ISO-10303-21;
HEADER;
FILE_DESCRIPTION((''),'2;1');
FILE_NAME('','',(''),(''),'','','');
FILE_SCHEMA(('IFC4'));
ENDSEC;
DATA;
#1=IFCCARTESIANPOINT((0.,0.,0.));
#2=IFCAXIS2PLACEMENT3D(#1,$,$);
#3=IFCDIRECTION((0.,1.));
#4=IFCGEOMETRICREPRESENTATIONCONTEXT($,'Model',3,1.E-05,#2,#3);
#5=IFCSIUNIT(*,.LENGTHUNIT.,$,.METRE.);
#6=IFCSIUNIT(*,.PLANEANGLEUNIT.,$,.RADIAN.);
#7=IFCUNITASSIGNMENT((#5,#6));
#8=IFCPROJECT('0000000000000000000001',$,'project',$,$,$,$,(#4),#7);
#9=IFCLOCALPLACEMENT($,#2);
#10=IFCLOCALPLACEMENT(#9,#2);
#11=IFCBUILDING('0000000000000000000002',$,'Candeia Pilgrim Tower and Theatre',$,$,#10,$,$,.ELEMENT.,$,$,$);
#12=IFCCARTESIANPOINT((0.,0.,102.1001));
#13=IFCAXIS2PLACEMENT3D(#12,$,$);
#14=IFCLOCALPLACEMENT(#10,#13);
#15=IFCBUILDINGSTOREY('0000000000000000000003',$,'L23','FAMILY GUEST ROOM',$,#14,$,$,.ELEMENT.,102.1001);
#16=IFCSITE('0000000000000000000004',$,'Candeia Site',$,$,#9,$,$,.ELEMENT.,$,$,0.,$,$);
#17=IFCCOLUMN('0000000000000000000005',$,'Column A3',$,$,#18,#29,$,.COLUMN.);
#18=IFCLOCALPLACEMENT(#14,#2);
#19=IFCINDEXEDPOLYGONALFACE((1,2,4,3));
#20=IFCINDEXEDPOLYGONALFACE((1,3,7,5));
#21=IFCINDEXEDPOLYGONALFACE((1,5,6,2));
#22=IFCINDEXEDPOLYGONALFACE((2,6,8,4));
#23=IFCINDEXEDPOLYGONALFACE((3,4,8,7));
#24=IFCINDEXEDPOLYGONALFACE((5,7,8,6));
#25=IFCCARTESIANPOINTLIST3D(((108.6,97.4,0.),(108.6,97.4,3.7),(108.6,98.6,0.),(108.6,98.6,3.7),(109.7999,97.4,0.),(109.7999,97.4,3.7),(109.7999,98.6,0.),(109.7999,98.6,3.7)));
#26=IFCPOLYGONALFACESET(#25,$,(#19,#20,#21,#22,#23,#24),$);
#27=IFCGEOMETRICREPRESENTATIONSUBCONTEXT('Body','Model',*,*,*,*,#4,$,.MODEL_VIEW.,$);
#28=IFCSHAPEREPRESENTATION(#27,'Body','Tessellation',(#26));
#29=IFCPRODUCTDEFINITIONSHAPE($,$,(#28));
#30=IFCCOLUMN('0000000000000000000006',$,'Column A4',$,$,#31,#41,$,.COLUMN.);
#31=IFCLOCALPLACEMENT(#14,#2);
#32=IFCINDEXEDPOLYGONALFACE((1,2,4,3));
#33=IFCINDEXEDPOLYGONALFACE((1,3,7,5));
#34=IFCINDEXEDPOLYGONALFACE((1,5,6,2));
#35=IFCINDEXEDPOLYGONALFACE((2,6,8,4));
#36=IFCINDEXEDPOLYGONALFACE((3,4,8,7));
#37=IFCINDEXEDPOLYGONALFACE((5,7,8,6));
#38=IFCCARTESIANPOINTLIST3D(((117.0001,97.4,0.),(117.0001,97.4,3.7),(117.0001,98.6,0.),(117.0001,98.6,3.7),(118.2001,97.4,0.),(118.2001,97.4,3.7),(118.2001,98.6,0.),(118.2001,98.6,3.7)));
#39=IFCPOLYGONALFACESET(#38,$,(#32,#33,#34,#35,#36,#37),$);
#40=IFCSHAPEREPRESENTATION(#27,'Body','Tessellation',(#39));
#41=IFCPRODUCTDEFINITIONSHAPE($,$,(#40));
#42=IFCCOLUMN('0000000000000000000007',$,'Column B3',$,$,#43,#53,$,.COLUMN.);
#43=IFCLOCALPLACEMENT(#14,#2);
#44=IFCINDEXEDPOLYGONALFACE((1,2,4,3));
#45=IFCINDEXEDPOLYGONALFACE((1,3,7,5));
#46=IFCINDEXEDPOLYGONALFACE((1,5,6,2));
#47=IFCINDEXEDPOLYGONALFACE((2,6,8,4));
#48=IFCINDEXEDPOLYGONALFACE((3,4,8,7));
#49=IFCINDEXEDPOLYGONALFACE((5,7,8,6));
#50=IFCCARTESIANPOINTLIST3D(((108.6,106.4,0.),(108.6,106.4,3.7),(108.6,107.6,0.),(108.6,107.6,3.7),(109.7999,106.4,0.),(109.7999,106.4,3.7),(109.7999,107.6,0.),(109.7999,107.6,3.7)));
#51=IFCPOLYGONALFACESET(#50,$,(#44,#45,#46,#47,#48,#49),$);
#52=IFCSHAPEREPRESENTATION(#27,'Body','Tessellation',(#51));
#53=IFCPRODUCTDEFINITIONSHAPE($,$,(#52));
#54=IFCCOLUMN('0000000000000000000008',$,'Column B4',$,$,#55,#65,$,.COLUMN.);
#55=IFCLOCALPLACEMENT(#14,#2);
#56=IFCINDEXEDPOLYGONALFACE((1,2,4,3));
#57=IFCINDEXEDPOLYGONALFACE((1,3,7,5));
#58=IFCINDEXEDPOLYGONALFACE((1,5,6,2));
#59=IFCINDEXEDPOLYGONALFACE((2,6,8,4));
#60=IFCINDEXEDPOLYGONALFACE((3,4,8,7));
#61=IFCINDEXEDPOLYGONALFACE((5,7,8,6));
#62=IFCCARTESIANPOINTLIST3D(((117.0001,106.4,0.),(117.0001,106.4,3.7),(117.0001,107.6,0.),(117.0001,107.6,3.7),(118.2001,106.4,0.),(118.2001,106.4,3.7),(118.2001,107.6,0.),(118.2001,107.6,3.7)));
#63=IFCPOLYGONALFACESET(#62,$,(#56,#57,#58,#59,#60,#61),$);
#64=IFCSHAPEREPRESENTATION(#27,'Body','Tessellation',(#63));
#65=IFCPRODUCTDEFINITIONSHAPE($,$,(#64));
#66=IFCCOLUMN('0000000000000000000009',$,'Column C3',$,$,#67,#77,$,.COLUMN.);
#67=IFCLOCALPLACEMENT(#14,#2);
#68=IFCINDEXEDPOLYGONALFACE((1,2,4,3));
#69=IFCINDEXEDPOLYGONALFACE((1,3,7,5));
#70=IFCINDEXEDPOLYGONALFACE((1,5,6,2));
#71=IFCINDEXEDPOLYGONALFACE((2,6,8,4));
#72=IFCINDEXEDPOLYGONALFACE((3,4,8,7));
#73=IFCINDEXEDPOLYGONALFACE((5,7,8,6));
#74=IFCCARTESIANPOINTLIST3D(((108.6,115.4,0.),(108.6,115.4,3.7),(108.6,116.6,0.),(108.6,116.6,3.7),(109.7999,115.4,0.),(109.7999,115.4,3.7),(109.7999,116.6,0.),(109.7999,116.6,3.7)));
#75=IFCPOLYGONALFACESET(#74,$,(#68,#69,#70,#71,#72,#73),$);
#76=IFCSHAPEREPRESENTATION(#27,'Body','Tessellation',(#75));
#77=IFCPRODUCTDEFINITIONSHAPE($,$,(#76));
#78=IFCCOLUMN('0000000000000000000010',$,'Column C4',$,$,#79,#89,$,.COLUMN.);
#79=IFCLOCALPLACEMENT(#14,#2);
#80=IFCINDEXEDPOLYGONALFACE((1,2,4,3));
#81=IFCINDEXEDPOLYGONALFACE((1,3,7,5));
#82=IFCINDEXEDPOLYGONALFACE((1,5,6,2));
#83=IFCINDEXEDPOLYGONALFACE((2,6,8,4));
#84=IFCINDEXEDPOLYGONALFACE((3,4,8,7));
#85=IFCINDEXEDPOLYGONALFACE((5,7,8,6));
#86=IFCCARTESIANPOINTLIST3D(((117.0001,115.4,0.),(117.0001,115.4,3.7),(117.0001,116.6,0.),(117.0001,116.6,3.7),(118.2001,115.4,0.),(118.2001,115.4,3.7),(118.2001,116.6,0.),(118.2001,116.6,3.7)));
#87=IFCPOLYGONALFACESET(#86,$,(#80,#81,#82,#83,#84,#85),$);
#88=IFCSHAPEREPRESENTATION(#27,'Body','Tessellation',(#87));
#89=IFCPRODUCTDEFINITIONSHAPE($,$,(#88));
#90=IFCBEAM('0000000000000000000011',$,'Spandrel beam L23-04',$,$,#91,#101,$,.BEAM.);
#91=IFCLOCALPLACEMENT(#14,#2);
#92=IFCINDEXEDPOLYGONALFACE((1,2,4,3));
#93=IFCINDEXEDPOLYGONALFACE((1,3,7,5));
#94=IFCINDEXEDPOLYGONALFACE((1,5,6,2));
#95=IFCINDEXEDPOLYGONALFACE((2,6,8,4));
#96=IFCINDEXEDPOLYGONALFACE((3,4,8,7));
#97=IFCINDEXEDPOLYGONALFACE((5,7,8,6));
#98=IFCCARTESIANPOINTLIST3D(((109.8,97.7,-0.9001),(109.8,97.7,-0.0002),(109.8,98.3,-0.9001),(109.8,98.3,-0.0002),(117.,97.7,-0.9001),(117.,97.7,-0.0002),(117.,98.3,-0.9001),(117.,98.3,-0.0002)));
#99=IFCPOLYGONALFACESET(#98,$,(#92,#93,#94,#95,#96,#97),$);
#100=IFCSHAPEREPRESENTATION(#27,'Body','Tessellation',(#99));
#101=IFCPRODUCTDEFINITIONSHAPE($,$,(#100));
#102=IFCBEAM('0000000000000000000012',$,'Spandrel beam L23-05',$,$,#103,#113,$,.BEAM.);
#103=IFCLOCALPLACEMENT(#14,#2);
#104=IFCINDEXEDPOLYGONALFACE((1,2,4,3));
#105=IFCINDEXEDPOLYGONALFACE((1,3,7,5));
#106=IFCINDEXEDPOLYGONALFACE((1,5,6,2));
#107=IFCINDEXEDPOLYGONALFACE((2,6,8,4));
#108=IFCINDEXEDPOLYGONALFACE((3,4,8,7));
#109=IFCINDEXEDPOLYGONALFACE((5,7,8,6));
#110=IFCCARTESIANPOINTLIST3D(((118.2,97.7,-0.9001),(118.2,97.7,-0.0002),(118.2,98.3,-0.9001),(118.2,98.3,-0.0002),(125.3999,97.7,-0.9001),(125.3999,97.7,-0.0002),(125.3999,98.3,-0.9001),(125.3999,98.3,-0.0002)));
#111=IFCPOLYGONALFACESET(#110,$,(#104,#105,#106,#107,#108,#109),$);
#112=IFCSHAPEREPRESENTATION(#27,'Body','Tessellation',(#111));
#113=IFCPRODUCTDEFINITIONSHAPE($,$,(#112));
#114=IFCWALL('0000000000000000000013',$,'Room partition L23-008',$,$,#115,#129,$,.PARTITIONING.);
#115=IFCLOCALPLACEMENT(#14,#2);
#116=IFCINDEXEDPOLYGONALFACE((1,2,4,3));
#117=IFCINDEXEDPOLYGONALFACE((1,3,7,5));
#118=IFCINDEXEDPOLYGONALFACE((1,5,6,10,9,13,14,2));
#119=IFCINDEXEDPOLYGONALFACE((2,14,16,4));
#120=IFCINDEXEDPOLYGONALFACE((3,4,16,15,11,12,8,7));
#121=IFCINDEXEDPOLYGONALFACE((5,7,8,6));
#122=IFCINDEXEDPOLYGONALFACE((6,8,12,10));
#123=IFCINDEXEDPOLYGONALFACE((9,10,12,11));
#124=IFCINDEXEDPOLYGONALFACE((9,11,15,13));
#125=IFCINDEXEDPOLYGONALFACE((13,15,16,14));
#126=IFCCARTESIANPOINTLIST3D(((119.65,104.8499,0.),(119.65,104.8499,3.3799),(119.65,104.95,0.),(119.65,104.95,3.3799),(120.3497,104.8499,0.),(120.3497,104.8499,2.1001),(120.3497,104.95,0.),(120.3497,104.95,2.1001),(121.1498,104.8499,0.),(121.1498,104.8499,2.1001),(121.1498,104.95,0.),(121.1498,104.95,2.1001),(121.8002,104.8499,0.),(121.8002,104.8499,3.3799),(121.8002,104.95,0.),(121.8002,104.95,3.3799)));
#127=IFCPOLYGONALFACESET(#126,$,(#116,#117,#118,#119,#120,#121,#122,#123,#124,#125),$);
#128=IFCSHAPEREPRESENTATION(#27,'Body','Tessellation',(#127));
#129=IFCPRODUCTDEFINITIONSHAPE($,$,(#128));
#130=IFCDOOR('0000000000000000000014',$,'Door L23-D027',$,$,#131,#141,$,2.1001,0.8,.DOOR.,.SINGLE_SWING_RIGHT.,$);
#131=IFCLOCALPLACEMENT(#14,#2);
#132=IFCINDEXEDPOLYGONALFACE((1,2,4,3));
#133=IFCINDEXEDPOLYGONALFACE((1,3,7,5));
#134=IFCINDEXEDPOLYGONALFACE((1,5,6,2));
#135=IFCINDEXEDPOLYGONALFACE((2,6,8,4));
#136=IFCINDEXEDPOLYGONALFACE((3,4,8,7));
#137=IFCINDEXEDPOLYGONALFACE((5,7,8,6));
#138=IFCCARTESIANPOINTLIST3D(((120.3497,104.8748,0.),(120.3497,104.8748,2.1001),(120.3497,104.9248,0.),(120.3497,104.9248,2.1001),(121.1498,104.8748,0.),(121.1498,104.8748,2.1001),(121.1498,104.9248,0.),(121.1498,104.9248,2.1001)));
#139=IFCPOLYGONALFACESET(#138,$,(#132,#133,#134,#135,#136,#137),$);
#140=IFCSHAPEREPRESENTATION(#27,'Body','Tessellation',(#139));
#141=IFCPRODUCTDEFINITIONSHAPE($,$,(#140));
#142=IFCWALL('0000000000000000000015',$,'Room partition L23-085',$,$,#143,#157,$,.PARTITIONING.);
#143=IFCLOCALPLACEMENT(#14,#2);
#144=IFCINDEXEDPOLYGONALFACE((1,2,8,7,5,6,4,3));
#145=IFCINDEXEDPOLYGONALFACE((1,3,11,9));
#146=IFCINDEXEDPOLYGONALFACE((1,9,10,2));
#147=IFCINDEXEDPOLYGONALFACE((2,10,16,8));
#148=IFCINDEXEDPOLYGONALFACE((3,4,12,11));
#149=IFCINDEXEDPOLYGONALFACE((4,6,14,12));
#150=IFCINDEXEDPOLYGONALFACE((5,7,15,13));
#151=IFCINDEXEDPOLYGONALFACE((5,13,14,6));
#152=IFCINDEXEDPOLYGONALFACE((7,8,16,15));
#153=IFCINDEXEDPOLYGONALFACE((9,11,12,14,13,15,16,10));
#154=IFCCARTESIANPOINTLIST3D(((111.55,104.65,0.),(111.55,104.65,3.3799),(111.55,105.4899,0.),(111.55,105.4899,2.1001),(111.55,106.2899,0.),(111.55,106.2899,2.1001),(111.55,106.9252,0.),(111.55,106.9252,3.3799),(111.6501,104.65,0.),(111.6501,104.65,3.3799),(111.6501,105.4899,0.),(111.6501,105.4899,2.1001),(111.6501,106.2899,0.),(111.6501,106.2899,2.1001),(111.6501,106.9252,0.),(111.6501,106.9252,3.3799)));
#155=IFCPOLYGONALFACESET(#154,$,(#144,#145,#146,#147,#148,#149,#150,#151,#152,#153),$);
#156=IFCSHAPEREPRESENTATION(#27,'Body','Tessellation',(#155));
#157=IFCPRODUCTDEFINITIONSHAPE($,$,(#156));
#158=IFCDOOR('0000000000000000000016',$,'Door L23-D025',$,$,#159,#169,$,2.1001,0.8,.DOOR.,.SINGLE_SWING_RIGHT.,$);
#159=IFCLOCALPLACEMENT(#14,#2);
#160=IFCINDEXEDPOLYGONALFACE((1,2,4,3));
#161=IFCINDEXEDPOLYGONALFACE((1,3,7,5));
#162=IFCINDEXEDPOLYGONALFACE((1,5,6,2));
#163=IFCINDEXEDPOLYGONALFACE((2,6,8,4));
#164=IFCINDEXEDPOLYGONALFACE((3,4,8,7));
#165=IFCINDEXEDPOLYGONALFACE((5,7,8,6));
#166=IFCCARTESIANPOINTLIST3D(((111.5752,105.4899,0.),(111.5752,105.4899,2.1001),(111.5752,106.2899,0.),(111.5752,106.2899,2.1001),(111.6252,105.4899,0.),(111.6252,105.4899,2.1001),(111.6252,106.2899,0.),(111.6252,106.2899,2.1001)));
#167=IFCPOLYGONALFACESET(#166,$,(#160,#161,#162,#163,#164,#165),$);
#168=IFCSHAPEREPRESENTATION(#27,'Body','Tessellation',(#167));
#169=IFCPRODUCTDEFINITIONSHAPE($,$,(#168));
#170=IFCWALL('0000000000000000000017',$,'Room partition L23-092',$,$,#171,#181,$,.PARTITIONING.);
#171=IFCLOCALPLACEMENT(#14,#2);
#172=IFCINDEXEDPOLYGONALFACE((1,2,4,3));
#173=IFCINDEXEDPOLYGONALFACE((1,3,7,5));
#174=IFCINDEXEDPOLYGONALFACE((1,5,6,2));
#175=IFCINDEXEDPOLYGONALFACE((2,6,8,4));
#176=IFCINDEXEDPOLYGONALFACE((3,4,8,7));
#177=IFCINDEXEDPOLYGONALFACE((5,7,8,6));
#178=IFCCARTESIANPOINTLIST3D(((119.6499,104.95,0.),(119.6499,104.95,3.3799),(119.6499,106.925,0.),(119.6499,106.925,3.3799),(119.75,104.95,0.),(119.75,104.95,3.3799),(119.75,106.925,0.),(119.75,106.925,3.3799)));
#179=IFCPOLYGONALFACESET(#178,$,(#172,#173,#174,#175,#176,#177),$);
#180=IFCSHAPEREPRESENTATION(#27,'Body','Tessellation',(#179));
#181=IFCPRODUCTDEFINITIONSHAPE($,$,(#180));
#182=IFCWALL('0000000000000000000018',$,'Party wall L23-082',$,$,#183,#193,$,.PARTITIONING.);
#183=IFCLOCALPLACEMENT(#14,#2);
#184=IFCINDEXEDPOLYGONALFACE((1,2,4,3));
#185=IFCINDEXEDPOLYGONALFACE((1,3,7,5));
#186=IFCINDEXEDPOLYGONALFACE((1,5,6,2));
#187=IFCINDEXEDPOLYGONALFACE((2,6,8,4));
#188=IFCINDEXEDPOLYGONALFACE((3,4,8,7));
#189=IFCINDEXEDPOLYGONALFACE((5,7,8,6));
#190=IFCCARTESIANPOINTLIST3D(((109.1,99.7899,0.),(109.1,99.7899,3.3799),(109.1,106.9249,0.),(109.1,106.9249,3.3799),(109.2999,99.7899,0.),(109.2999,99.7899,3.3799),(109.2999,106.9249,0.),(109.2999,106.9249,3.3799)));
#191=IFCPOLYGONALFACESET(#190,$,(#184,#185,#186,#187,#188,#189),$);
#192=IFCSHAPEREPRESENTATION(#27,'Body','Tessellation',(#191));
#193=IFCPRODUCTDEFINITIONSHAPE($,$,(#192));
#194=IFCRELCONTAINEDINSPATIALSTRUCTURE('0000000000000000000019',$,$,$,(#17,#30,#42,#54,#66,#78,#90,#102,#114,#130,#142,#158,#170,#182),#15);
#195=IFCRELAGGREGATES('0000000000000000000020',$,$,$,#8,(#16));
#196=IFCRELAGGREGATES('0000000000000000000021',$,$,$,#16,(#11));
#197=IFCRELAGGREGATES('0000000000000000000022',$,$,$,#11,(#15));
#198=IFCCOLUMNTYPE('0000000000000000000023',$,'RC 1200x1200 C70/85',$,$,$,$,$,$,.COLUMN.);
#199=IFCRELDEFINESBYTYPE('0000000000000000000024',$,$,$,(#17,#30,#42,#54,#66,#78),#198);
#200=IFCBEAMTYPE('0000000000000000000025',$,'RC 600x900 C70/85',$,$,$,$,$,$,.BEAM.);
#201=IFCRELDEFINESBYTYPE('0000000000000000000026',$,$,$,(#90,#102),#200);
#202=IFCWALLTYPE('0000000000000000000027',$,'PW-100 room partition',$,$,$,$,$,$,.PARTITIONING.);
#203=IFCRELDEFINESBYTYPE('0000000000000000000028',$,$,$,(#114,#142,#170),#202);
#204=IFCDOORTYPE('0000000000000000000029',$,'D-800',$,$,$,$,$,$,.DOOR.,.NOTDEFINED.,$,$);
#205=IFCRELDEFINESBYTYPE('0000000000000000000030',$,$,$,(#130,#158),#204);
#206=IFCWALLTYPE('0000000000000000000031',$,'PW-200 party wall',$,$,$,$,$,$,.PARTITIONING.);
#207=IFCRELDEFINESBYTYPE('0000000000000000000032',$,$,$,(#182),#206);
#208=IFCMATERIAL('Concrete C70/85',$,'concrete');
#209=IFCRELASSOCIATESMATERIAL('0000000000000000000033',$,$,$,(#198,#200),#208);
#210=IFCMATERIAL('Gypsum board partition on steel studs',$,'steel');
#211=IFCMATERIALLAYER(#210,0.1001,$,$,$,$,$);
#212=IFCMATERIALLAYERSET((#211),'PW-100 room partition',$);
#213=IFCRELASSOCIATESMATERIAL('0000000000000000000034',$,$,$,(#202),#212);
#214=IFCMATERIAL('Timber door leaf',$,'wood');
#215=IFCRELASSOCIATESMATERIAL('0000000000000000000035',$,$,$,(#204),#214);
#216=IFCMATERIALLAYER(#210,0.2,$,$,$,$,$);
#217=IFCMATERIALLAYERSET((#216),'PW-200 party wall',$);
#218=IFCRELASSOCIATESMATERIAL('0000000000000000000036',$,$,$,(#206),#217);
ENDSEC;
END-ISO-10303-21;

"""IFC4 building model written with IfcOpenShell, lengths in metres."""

from ifc_helpers import new_model, si_unit, direction, frame, frame_2d, origin, origin_2d, place, context, subcontext, project, spatial, rectangle, extrude, material, layer, layer_set, material_profile, profile_set, type_object, element, fill, save


model = new_model("IFC4")

# Units and contexts
model_context = context("Model", 3, precision=1e-05, world=origin(), true_north=direction((0.0, 1.0)))
body_context = subcontext(model_context, "Body", "Model", "MODEL_VIEW")
ifc_project = project(units=[si_unit("LENGTHUNIT", "METRE"), si_unit("PLANEANGLEUNIT", "RADIAN")], contexts=[model_context])

# Site, building, storey
site_placement = place(None, origin())
site = spatial("IfcSite", under=ifc_project, at=site_placement, Name="Candeia Site", CompositionType="ELEMENT", RefElevation=0.0)
building_placement = place(site_placement, origin())
building = spatial("IfcBuilding", under=site, at=building_placement, Name="Candeia Pilgrim Tower and Theatre", CompositionType="ELEMENT")
storey_placement = place(building_placement, frame((0.0, 0.0, 102.1001)))
storey = spatial("IfcBuildingStorey", under=building, at=storey_placement, Name="L23", Description="FAMILY GUEST ROOM", CompositionType="ELEMENT", Elevation=102.1001)

# Columns
ifc_material_1 = material(Name="Concrete C70/85", Category="concrete")
ifc_material_profile_1 = material_profile(ifc_material_1, rectangle(XDim=1.2, YDim=1.2, at=origin_2d()))
ifc_profile_set_1 = profile_set([ifc_material_profile_1], Name="Concrete C70/85")
column_type = type_object("IfcColumnType", Name="RC 1200x1200 C70/85", PredefinedType="COLUMN", material=ifc_profile_set_1)
for number, where, z_axis, x_axis, name in (
    (1, (109.2, 98.0, 0.0), (0.0, 0.0, 1.0), (1.0, 0.0, 0.0), "Column A3"),
    (2, (117.6001, 98.0, 0.0), (0.0, 0.0, 1.0), (1.0, 0.0, 0.0), "Column A4"),
    (3, (109.2, 107.0, 0.0), (0.0, 0.0, 1.0), (1.0, 0.0, 0.0), "Column B3"),
    (4, (117.6001, 107.0, 0.0), (0.0, 0.0, 1.0), (1.0, 0.0, 0.0), "Column B4"),
    (5, (109.2, 116.0, 0.0), (0.0, 0.0, 1.0), (1.0, 0.0, 0.0), "Column C3"),
    (6, (117.6001, 116.0, 0.0), (0.0, 0.0, 1.0), (1.0, 0.0, 0.0), "Column C4"),
):
    element("IfcColumn", number, at=place(storey_placement, frame(where, z_axis=z_axis, x_axis=x_axis)), inside=storey, type_object=column_type, Name=name, PredefinedType="COLUMN", context=body_context, shape_type="SweptSolid", body=[
        extrude(rectangle(XDim=1.2, YDim=1.2, at=origin_2d()), origin(), (0.0, 0.0, 1.0), 3.7),
    ])

# Beams
ifc_material_profile_2 = material_profile(ifc_material_1, rectangle(XDim=0.6001, YDim=0.8999, at=origin_2d()))
ifc_profile_set_2 = profile_set([ifc_material_profile_2], Name="Concrete C70/85")
beam_type = type_object("IfcBeamType", Name="RC 600x900 C70/85", PredefinedType="BEAM", material=ifc_profile_set_2)
for number, where, z_axis, x_axis, name in (
    (7, (109.8, 98.0, -0.4502), (1.0, 0.0, 0.0), (0.0, 1.0, 0.0), "Spandrel beam L23-04"),
    (8, (118.2, 98.0, -0.4502), (1.0, 0.0, 0.0), (0.0, 1.0, 0.0), "Spandrel beam L23-05"),
):
    element("IfcBeam", number, at=place(storey_placement, frame(where, z_axis=z_axis, x_axis=x_axis)), inside=storey, type_object=beam_type, Name=name, PredefinedType="BEAM", context=body_context, shape_type="SweptSolid", body=[
        extrude(rectangle(XDim=0.6001, YDim=0.8999, at=origin_2d()), origin(), (0.0, 0.0, 1.0), 7.2),
    ])

# Walls, openings, doors
ifc_material_2 = material(Name="Gypsum board partition on steel studs", Category="steel")
ifc_layer_1 = layer(ifc_material_2, 0.1001)
ifc_layer_set_1 = layer_set([ifc_layer_1], Name="PW-100 room partition")
wall_type_1 = type_object("IfcWallType", Name="PW-100 room partition", PredefinedType="PARTITIONING", material=ifc_layer_set_1)
wall_1_placement = place(storey_placement, frame((119.6499, 104.8999, 0.0), z_axis=(0.0, 0.0, 1.0), x_axis=(1.0, 0.0, 0.0)))
wall_1 = element("IfcWall", 9, at=wall_1_placement, inside=storey, type_object=wall_type_1, Name="Room partition L23-008", PredefinedType="PARTITIONING", context=body_context, shape_type="SweptSolid", body=[
    extrude(rectangle(XDim=2.1501, YDim=0.1001, at=frame_2d((1.0752, 0.0))), origin(), (0.0, 0.0, 1.0), 3.3799),
])
opening_1_placement = place(wall_1_placement, frame((0.7, 0.0, 0.0)))
opening_1 = element("IfcOpeningElement", 10, at=opening_1_placement, cuts=wall_1, PredefinedType="OPENING", context=body_context, shape_type="SweptSolid", body=[
    extrude(rectangle(XDim=0.8, YDim=2.1001, at=frame_2d((0.3999, 1.05))), frame((0.0, 0.0601, 0.0), z_axis=(0.0, -1.0, 0.0), x_axis=(1.0, 0.0, 0.0)), (0.0, 0.0, 1.0), 0.1201),
])
ifc_material_3 = material(Name="Timber door leaf", Category="wood")
door_type = type_object("IfcDoorType", Name="D-800", OperationType="NOTDEFINED", PredefinedType="DOOR", material=ifc_material_3)
door_1_placement = place(opening_1_placement, origin())
door_1 = element("IfcDoor", 11, at=door_1_placement, inside=storey, type_object=door_type, Name="Door L23-D027", OperationType="SINGLE_SWING_RIGHT", OverallHeight=2.1001, OverallWidth=0.8, PredefinedType="DOOR", context=body_context, shape_type="SweptSolid", body=[
    extrude(rectangle(XDim=0.8, YDim=2.1001, at=frame_2d((0.3999, 1.05))), frame((0.0, 0.0249, 0.0), z_axis=(0.0, -1.0, 0.0), x_axis=(1.0, 0.0, 0.0)), (0.0, 0.0, 1.0), 0.05),
])
fill(opening_1, door_1)
wall_2_placement = place(storey_placement, frame((111.6001, 104.6499, 0.0), z_axis=(0.0, 0.0, 1.0), x_axis=(0.0, 1.0, 0.0)))
wall_2 = element("IfcWall", 12, at=wall_2_placement, inside=storey, type_object=wall_type_1, Name="Room partition L23-085", PredefinedType="PARTITIONING", context=body_context, shape_type="SweptSolid", body=[
    extrude(rectangle(XDim=2.2751, YDim=0.1001, at=frame_2d((1.1377, 0.0))), origin(), (0.0, 0.0, 1.0), 3.3799),
])
opening_2_placement = place(wall_2_placement, frame((0.8401, 0.0, 0.0)))
opening_2 = element("IfcOpeningElement", 13, at=opening_2_placement, cuts=wall_2, PredefinedType="OPENING", context=body_context, shape_type="SweptSolid", body=[
    extrude(rectangle(XDim=0.8, YDim=2.1001, at=frame_2d((0.3999, 1.05))), frame((0.0, 0.0601, 0.0), z_axis=(0.0, -1.0, 0.0), x_axis=(1.0, 0.0, 0.0)), (0.0, 0.0, 1.0), 0.1201),
])
door_2_placement = place(opening_2_placement, origin())
door_2 = element("IfcDoor", 14, at=door_2_placement, inside=storey, type_object=door_type, Name="Door L23-D025", OperationType="SINGLE_SWING_RIGHT", OverallHeight=2.1001, OverallWidth=0.8, PredefinedType="DOOR", context=body_context, shape_type="SweptSolid", body=[
    extrude(rectangle(XDim=0.8, YDim=2.1001, at=frame_2d((0.3999, 1.05))), frame((0.0, 0.0249, 0.0), z_axis=(0.0, -1.0, 0.0), x_axis=(1.0, 0.0, 0.0)), (0.0, 0.0, 1.0), 0.05),
])
fill(opening_2, door_2)

# Walls
wall_3_placement = place(storey_placement, frame((119.7, 104.95, 0.0), z_axis=(0.0, 0.0, 1.0), x_axis=(0.0, 1.0, 0.0)))
element("IfcWall", 15, at=wall_3_placement, inside=storey, type_object=wall_type_1, Name="Room partition L23-092", PredefinedType="PARTITIONING", context=body_context, shape_type="SweptSolid", body=[
    extrude(rectangle(XDim=1.9751, YDim=0.1001, at=frame_2d((0.9875, 0.0))), origin(), (0.0, 0.0, 1.0), 3.3799),
])
ifc_layer_2 = layer(ifc_material_2, 0.2)
ifc_layer_set_2 = layer_set([ifc_layer_2], Name="PW-200 party wall")
wall_type_2 = type_object("IfcWallType", Name="PW-200 party wall", PredefinedType="PARTITIONING", material=ifc_layer_set_2)
wall_4_placement = place(storey_placement, frame((109.2, 99.79, 0.0), z_axis=(0.0, 0.0, 1.0), x_axis=(0.0, 1.0, 0.0)))
element("IfcWall", 16, at=wall_4_placement, inside=storey, type_object=wall_type_2, Name="Party wall L23-082", PredefinedType="PARTITIONING", context=body_context, shape_type="SweptSolid", body=[
    extrude(rectangle(XDim=7.135, YDim=0.2, at=frame_2d((3.5674, 0.0))), origin(), (0.0, 0.0, 1.0), 3.3799),
])

save(model, "model.ifc")
